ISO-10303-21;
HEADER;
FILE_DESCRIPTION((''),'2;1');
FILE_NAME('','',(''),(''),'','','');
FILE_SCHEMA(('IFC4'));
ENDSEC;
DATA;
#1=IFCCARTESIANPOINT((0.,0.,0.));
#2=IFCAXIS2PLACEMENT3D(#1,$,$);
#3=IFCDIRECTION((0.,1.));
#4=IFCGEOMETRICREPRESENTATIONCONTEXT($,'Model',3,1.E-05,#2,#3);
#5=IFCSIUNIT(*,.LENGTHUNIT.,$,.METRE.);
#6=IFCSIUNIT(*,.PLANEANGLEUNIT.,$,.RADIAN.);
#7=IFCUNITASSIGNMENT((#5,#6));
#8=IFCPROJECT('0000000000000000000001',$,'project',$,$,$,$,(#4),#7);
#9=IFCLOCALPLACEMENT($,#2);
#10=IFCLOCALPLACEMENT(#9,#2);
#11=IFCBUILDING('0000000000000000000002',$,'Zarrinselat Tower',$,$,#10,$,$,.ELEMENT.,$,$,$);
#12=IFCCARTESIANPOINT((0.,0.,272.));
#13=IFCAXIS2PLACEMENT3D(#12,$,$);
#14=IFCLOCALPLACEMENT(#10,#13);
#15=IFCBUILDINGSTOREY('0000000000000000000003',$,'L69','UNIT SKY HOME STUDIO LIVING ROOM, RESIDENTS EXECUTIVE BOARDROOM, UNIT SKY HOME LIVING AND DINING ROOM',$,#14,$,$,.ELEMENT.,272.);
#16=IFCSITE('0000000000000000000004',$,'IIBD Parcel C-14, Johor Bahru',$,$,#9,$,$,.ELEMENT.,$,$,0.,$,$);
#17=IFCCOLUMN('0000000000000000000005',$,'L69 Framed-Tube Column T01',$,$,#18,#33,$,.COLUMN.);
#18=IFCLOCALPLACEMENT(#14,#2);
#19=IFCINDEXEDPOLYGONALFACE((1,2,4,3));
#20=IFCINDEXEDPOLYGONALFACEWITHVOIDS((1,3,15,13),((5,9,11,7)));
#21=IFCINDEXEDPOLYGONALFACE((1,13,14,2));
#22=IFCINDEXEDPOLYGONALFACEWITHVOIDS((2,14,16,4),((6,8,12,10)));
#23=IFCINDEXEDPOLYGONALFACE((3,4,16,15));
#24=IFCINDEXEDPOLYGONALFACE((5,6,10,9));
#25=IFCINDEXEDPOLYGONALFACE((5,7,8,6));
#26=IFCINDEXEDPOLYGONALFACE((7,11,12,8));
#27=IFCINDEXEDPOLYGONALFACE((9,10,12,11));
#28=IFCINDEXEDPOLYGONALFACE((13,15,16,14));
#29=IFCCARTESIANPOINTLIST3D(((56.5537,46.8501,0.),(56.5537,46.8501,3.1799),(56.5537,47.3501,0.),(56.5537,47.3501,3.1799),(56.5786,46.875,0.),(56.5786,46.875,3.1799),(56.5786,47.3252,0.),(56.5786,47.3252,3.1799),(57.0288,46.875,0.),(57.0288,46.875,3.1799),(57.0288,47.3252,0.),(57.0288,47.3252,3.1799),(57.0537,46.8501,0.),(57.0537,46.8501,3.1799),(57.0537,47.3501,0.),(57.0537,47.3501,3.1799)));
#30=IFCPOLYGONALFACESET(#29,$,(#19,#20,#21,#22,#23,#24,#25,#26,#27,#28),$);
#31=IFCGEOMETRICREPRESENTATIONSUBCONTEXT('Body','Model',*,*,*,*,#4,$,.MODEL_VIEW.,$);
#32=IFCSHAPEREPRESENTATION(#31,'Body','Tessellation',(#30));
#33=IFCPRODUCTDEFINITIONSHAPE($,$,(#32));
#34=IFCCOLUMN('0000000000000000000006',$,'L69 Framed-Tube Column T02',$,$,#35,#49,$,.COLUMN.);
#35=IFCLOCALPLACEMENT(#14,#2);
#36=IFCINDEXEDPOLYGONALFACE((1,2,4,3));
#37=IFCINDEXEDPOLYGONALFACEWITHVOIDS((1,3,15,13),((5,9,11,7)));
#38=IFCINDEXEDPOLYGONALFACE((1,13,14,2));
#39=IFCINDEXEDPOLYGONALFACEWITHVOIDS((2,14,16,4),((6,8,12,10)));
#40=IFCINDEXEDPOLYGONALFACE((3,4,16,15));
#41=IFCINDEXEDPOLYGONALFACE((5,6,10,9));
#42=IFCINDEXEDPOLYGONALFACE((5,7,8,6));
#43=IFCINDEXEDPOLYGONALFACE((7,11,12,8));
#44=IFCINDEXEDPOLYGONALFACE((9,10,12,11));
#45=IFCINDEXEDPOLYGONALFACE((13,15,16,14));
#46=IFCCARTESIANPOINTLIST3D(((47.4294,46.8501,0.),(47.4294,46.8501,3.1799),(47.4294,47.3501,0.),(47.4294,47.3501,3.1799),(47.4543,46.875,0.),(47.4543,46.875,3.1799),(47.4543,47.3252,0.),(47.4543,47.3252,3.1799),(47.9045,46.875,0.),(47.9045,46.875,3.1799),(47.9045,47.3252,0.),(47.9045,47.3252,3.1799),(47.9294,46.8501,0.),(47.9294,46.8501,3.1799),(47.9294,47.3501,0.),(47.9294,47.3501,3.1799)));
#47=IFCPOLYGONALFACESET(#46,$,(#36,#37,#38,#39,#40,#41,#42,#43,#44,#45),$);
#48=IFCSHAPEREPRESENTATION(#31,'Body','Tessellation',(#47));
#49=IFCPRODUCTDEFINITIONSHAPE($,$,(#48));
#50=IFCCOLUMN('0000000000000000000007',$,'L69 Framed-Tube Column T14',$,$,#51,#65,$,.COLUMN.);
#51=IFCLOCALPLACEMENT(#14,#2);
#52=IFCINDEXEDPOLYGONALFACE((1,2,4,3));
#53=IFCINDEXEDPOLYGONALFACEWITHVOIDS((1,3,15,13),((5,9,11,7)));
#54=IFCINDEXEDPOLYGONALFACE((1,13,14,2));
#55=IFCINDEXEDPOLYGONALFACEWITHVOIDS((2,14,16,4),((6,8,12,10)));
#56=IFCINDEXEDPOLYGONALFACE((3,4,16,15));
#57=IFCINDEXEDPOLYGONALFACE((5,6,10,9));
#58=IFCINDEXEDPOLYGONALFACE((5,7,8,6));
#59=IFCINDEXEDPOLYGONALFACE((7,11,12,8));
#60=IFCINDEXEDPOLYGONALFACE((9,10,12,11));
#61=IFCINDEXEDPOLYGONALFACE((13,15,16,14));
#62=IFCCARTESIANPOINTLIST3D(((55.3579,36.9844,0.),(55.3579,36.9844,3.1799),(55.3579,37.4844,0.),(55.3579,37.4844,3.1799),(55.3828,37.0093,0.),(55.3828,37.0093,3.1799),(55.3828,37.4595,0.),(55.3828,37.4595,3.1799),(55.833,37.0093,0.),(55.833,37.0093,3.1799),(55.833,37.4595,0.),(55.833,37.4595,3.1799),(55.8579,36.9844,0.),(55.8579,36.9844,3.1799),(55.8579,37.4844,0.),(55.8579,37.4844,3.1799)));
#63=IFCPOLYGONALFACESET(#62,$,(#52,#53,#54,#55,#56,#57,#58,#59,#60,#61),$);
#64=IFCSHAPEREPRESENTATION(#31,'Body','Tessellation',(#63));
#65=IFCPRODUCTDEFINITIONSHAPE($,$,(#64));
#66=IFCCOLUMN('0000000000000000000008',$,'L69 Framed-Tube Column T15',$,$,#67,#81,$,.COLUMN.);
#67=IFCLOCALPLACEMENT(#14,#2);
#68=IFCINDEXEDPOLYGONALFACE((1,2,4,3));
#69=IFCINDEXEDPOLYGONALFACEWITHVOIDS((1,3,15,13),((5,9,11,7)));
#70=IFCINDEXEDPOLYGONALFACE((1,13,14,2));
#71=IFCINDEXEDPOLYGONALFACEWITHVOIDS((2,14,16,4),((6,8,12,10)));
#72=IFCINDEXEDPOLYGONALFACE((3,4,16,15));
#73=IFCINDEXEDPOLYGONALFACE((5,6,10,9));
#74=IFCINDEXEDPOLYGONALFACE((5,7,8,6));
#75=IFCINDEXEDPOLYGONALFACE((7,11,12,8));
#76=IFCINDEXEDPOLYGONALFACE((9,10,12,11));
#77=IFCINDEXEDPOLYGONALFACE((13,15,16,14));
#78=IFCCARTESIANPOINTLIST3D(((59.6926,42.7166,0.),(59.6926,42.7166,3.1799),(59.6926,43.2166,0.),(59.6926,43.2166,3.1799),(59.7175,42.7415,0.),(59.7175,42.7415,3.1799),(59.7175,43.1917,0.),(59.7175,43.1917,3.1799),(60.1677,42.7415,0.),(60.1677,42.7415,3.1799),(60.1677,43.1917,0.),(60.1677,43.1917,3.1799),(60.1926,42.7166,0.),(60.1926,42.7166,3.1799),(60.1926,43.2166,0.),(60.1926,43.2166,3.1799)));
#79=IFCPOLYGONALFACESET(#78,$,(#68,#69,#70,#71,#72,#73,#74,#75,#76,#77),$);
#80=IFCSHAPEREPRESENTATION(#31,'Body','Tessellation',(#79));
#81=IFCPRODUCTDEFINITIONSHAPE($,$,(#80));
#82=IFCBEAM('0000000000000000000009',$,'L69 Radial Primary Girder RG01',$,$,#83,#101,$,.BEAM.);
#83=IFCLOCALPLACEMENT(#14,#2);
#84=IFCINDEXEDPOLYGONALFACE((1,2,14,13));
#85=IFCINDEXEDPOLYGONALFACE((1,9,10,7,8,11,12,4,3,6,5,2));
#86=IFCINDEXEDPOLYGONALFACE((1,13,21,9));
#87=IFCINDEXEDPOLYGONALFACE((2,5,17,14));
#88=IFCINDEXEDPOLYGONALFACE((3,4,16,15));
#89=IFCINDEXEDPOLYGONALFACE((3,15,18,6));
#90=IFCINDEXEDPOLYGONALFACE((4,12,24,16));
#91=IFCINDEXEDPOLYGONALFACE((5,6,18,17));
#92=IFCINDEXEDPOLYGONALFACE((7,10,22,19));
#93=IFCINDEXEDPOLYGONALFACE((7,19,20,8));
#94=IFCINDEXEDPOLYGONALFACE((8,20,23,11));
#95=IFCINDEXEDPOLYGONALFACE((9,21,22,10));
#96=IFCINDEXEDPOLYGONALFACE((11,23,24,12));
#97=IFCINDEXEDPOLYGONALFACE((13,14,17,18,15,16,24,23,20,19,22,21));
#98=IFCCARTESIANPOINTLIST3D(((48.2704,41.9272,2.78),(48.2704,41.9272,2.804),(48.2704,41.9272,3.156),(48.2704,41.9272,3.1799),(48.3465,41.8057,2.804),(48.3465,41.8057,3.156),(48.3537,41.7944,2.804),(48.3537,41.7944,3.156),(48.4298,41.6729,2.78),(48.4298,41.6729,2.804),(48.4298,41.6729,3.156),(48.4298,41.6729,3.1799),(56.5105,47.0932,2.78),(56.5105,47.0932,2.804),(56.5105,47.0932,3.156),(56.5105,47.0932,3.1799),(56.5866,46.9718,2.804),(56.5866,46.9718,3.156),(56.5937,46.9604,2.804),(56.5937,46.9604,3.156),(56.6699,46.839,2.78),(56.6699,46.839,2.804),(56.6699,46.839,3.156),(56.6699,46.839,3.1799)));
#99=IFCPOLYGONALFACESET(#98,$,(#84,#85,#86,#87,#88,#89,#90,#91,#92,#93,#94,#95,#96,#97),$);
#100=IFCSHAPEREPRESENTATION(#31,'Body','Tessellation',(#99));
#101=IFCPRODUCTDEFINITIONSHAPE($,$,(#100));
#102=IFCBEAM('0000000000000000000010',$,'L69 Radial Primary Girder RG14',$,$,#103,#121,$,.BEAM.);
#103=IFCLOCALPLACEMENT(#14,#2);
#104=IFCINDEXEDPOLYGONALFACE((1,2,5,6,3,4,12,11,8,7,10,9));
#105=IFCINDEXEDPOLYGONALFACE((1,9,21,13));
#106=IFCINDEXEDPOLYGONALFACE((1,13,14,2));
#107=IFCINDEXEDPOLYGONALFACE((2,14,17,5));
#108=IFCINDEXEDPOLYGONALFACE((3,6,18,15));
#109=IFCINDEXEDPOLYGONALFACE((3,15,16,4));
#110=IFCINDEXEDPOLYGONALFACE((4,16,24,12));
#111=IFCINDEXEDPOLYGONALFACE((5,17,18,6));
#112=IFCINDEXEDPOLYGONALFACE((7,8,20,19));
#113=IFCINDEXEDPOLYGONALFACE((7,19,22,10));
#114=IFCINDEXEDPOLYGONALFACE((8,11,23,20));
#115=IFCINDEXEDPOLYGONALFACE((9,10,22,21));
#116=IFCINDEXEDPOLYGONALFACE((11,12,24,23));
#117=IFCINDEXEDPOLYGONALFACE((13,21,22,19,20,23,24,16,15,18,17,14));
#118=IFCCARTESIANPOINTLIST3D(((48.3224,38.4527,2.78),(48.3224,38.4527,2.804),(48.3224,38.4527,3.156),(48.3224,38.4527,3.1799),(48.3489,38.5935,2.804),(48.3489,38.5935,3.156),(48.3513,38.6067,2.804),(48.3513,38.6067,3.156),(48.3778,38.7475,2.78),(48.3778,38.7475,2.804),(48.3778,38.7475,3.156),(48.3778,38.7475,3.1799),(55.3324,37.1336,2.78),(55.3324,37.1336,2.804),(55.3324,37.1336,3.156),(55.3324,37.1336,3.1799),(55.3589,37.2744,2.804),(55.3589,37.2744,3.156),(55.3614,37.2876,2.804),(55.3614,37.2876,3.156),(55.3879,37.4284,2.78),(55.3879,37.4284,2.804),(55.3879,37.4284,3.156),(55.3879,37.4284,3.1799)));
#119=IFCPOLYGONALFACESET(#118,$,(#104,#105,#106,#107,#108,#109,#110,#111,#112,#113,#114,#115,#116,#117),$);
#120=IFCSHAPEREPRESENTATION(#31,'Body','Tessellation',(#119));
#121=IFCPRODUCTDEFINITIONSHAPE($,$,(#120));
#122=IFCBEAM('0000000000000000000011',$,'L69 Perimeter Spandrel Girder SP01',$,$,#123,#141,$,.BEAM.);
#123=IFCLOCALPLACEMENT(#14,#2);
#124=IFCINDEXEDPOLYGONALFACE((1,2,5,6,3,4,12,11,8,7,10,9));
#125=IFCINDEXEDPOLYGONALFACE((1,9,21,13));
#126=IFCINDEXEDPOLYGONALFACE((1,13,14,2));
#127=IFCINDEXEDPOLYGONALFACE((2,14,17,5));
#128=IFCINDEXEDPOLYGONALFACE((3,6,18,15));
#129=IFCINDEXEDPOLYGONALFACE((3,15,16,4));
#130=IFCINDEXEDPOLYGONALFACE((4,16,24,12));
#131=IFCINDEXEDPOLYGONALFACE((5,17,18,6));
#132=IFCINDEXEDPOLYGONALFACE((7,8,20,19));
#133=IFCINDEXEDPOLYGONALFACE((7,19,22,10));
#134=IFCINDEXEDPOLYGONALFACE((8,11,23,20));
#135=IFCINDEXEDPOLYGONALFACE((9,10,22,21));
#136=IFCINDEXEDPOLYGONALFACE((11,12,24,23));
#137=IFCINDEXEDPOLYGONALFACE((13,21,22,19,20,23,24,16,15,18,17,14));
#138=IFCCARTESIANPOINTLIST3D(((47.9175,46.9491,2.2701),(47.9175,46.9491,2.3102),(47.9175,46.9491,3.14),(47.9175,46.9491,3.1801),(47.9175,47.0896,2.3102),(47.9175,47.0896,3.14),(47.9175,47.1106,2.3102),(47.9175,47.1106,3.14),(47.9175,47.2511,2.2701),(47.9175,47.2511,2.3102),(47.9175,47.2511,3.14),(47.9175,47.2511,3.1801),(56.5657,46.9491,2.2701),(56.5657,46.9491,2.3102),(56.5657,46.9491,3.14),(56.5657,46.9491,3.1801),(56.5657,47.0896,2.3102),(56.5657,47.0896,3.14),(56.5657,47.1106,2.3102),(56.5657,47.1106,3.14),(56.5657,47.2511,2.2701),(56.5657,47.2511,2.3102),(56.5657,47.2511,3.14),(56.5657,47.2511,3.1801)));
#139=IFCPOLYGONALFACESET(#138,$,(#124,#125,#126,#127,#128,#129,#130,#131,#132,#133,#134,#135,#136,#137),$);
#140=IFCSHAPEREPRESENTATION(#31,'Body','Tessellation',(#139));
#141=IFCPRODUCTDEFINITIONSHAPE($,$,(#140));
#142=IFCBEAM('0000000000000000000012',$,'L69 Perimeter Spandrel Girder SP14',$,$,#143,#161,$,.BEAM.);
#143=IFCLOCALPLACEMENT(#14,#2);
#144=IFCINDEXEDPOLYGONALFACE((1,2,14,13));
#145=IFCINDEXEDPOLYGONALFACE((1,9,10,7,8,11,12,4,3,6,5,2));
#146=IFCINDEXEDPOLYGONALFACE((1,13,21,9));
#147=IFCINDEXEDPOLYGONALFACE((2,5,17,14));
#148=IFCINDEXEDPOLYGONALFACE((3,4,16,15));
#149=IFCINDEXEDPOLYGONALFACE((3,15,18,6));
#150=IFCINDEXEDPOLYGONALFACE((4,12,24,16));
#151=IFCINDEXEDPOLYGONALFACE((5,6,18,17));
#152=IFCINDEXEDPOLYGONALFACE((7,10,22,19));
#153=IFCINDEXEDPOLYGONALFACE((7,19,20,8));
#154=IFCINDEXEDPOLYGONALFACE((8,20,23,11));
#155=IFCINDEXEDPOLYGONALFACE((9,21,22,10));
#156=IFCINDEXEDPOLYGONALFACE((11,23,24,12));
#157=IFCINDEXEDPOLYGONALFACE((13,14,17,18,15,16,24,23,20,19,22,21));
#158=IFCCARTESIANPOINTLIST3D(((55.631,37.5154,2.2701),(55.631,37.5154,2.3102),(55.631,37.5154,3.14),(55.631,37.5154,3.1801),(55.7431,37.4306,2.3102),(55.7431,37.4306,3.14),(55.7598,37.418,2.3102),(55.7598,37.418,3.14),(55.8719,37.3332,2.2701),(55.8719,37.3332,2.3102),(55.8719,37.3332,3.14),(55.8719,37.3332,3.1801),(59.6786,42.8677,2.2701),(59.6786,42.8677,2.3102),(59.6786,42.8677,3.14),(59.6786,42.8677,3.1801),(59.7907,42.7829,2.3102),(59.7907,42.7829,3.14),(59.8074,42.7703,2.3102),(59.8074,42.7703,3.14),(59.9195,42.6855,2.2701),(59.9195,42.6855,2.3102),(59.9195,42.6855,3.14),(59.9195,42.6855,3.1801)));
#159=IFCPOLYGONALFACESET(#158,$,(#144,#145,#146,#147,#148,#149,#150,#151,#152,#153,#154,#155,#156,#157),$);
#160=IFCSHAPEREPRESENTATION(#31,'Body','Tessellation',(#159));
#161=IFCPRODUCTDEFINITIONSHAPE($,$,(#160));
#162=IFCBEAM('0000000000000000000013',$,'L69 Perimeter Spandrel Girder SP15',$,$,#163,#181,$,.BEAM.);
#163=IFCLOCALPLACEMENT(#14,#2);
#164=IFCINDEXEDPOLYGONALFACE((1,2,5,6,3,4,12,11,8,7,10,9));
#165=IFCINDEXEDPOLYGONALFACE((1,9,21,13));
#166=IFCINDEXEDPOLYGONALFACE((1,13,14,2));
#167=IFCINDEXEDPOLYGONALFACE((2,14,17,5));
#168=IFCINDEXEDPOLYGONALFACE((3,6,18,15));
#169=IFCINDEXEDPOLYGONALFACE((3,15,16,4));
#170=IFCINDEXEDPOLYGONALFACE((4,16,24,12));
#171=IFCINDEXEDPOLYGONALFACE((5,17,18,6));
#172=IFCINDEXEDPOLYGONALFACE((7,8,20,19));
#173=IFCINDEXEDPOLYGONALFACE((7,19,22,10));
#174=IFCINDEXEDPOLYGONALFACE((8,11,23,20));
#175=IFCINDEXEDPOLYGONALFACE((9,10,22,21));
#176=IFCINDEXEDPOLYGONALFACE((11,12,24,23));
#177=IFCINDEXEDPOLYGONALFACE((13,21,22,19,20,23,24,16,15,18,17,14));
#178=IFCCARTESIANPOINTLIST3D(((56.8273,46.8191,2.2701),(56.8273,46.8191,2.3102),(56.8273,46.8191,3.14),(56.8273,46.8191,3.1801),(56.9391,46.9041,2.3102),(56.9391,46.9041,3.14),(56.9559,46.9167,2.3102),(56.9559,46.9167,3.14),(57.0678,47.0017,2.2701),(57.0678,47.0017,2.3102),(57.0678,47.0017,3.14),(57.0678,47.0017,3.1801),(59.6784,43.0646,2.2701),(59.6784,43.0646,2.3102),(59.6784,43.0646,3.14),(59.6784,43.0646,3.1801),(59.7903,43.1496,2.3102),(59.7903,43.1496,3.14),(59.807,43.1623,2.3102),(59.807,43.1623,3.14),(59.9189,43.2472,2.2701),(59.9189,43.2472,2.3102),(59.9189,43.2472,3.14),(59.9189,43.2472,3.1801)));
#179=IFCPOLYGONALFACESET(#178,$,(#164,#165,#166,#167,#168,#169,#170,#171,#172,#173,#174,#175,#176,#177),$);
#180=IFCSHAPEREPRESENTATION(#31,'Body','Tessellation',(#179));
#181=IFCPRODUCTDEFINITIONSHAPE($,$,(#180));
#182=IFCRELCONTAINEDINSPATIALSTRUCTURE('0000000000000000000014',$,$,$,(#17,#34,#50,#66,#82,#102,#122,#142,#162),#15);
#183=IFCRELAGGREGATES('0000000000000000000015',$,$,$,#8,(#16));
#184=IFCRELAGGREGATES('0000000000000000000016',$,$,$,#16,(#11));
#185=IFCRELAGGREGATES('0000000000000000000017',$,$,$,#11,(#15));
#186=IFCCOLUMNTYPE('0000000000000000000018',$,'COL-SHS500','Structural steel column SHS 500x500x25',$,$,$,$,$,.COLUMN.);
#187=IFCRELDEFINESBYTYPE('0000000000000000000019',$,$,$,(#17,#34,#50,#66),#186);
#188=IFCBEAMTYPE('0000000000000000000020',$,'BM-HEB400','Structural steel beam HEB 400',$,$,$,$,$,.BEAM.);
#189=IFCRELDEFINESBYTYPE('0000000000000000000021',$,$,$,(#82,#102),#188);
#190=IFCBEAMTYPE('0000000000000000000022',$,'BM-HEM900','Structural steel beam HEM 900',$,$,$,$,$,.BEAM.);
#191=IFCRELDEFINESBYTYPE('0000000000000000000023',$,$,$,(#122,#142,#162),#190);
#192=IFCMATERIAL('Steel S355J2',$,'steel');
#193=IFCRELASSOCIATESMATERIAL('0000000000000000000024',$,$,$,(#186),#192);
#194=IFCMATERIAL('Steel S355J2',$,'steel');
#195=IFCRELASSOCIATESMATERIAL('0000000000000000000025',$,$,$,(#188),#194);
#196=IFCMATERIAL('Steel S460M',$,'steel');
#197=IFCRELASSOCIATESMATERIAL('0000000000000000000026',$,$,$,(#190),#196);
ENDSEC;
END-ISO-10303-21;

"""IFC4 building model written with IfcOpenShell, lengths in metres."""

from ifc_helpers import new_model, si_unit, direction, frame, origin, origin_2d, place, context, subcontext, project, spatial, hollow_rectangle, i_section, extrude, material, material_profile, profile_set, type_object, element, save


model = new_model("IFC4")

# Units and contexts
model_context = context("Model", 3, precision=1e-05, world=origin(), true_north=direction((0.0, 1.0)))
body_context = subcontext(model_context, "Body", "Model", "MODEL_VIEW")
ifc_project = project(units=[si_unit("LENGTHUNIT", "METRE"), si_unit("PLANEANGLEUNIT", "RADIAN")], contexts=[model_context])

# Site, building, storey
site_placement = place(None, origin())
site = spatial("IfcSite", under=ifc_project, at=site_placement, Name="IIBD Parcel C-14, Johor Bahru", CompositionType="ELEMENT", RefElevation=0.0)
building_placement = place(site_placement, origin())
building = spatial("IfcBuilding", under=site, at=building_placement, Name="Zarrinselat Tower", CompositionType="ELEMENT")
storey_placement = place(building_placement, frame((0.0, 0.0, 272.0)))
storey = spatial("IfcBuildingStorey", under=building, at=storey_placement, Name="L69", Description="UNIT SKY HOME STUDIO LIVING ROOM, RESIDENTS EXECUTIVE BOARDROOM, UNIT SKY HOME LIVING AND DINING ROOM", CompositionType="ELEMENT", Elevation=272.0)

# Columns
ifc_material_1 = material(Name="Steel S355J2", Category="steel")
ifc_material_profile_1 = material_profile(ifc_material_1, hollow_rectangle(XDim=0.5, YDim=0.5, WallThickness=0.0249, at=origin_2d()), Name="SHS 500x500x25")
ifc_profile_set_1 = profile_set([ifc_material_profile_1], Name="Steel S355J2")
column_type = type_object("IfcColumnType", Name="COL-SHS500", Description="Structural steel column SHS 500x500x25", PredefinedType="COLUMN", material=ifc_profile_set_1)
for number, where, z_axis, x_axis, name in (
    (1, (56.8037, 47.1001, 0.0), (0.0, 0.0, 1.0), (1.0, 0.0, 0.0), "L69 Framed-Tube Column T01"),
    (2, (47.6794, 47.1001, 0.0), (0.0, 0.0, 1.0), (1.0, 0.0, 0.0), "L69 Framed-Tube Column T02"),
    (3, (55.6079, 37.2344, 0.0), (0.0, 0.0, 1.0), (1.0, 0.0, 0.0), "L69 Framed-Tube Column T14"),
    (4, (59.9426, 42.9666, 0.0), (0.0, 0.0, 1.0), (1.0, 0.0, 0.0), "L69 Framed-Tube Column T15"),
):
    element("IfcColumn", number, at=place(storey_placement, frame(where, z_axis=z_axis, x_axis=x_axis)), inside=storey, type_object=column_type, Name=name, PredefinedType="COLUMN", context=body_context, shape_type="SweptSolid", body=[
        extrude(hollow_rectangle(XDim=0.5, YDim=0.5, WallThickness=0.0249, at=origin_2d()), origin(), (0.0, 0.0, 1.0), 3.1799),
    ])

# Beams
ifc_material_2 = material(Name="Steel S355J2", Category="steel")
ifc_material_profile_2 = material_profile(ifc_material_2, i_section(OverallWidth=0.3, OverallDepth=0.3999, WebThickness=0.0134, FlangeThickness=0.0239, at=origin_2d()), Name="HEB 400")
ifc_profile_set_2 = profile_set([ifc_material_profile_2], Name="Steel S355J2")
beam_type_1 = type_object("IfcBeamType", Name="BM-HEB400", Description="Structural steel beam HEB 400", PredefinedType="BEAM", material=ifc_profile_set_2)
beam_1_placement = place(storey_placement, frame((48.3501, 41.8, 2.98), z_axis=(0.847257, 0.531183, 0.0), x_axis=(-0.531183, 0.847257, 0.0)))
element("IfcBeam", 5, at=beam_1_placement, inside=storey, type_object=beam_type_1, Name="L69 Radial Primary Girder RG01", PredefinedType="BEAM", context=body_context, shape_type="SweptSolid", body=[
    extrude(i_section(OverallWidth=0.3, OverallDepth=0.3999, WebThickness=0.0134, FlangeThickness=0.0239, at=origin_2d()), origin(), (0.0, 0.0, 1.0), 9.7256),
])
beam_2_placement = place(storey_placement, frame((48.3501, 38.6001, 2.98), z_axis=(0.982752, -0.184927, 0.0), x_axis=(0.184927, 0.982752, 0.0)))
element("IfcBeam", 6, at=beam_2_placement, inside=storey, type_object=beam_type_1, Name="L69 Radial Primary Girder RG14", PredefinedType="BEAM", context=body_context, shape_type="SweptSolid", body=[
    extrude(i_section(OverallWidth=0.3, OverallDepth=0.3999, WebThickness=0.0134, FlangeThickness=0.0239, at=origin_2d()), origin(), (0.0, 0.0, 1.0), 7.1331),
])
ifc_material_3 = material(Name="Steel S460M", Category="steel")
ifc_material_profile_3 = material_profile(ifc_material_3, i_section(OverallWidth=0.302, OverallDepth=0.9099, WebThickness=0.021, FlangeThickness=0.04, at=origin_2d()), Name="HEM 900")
ifc_profile_set_3 = profile_set([ifc_material_profile_3], Name="Steel S460M")
beam_type_2 = type_object("IfcBeamType", Name="BM-HEM900", Description="Structural steel beam HEM 900", PredefinedType="BEAM", material=ifc_profile_set_3)
beam_3_placement = place(storey_placement, frame((47.9175, 47.1001, 2.7251), z_axis=(1.0, 0.0, 0.0), x_axis=(0.0, 1.0, 0.0)))
element("IfcBeam", 7, at=beam_3_placement, inside=storey, type_object=beam_type_2, Name="L69 Perimeter Spandrel Girder SP01", PredefinedType="BEAM", context=body_context, shape_type="SweptSolid", body=[
    extrude(i_section(OverallWidth=0.302, OverallDepth=0.9099, WebThickness=0.021, FlangeThickness=0.04, at=origin_2d()), origin(), (0.0, 0.0, 1.0), 8.6482),
])
beam_4_placement = place(storey_placement, frame((55.7515, 37.4243, 2.7251), z_axis=(0.603179, 0.797606, 0.0), x_axis=(-0.797606, 0.603179, 0.0)))
element("IfcBeam", 8, at=beam_4_placement, inside=storey, type_object=beam_type_2, Name="L69 Perimeter Spandrel Girder SP14", PredefinedType="BEAM", context=body_context, shape_type="SweptSolid", body=[
    extrude(i_section(OverallWidth=0.302, OverallDepth=0.9099, WebThickness=0.021, FlangeThickness=0.04, at=origin_2d()), origin(), (0.0, 0.0, 1.0), 6.7104),
])
beam_5_placement = place(storey_placement, frame((56.9475, 46.9104, 2.7251), z_axis=(0.604779, -0.796394, 0.0), x_axis=(0.796394, 0.604779, 0.0)))
element("IfcBeam", 9, at=beam_5_placement, inside=storey, type_object=beam_type_2, Name="L69 Perimeter Spandrel Girder SP15", PredefinedType="BEAM", context=body_context, shape_type="SweptSolid", body=[
    extrude(i_section(OverallWidth=0.302, OverallDepth=0.9099, WebThickness=0.021, FlangeThickness=0.04, at=origin_2d()), origin(), (0.0, 0.0, 1.0), 4.7144),
])

save(model, "model.ifc")
